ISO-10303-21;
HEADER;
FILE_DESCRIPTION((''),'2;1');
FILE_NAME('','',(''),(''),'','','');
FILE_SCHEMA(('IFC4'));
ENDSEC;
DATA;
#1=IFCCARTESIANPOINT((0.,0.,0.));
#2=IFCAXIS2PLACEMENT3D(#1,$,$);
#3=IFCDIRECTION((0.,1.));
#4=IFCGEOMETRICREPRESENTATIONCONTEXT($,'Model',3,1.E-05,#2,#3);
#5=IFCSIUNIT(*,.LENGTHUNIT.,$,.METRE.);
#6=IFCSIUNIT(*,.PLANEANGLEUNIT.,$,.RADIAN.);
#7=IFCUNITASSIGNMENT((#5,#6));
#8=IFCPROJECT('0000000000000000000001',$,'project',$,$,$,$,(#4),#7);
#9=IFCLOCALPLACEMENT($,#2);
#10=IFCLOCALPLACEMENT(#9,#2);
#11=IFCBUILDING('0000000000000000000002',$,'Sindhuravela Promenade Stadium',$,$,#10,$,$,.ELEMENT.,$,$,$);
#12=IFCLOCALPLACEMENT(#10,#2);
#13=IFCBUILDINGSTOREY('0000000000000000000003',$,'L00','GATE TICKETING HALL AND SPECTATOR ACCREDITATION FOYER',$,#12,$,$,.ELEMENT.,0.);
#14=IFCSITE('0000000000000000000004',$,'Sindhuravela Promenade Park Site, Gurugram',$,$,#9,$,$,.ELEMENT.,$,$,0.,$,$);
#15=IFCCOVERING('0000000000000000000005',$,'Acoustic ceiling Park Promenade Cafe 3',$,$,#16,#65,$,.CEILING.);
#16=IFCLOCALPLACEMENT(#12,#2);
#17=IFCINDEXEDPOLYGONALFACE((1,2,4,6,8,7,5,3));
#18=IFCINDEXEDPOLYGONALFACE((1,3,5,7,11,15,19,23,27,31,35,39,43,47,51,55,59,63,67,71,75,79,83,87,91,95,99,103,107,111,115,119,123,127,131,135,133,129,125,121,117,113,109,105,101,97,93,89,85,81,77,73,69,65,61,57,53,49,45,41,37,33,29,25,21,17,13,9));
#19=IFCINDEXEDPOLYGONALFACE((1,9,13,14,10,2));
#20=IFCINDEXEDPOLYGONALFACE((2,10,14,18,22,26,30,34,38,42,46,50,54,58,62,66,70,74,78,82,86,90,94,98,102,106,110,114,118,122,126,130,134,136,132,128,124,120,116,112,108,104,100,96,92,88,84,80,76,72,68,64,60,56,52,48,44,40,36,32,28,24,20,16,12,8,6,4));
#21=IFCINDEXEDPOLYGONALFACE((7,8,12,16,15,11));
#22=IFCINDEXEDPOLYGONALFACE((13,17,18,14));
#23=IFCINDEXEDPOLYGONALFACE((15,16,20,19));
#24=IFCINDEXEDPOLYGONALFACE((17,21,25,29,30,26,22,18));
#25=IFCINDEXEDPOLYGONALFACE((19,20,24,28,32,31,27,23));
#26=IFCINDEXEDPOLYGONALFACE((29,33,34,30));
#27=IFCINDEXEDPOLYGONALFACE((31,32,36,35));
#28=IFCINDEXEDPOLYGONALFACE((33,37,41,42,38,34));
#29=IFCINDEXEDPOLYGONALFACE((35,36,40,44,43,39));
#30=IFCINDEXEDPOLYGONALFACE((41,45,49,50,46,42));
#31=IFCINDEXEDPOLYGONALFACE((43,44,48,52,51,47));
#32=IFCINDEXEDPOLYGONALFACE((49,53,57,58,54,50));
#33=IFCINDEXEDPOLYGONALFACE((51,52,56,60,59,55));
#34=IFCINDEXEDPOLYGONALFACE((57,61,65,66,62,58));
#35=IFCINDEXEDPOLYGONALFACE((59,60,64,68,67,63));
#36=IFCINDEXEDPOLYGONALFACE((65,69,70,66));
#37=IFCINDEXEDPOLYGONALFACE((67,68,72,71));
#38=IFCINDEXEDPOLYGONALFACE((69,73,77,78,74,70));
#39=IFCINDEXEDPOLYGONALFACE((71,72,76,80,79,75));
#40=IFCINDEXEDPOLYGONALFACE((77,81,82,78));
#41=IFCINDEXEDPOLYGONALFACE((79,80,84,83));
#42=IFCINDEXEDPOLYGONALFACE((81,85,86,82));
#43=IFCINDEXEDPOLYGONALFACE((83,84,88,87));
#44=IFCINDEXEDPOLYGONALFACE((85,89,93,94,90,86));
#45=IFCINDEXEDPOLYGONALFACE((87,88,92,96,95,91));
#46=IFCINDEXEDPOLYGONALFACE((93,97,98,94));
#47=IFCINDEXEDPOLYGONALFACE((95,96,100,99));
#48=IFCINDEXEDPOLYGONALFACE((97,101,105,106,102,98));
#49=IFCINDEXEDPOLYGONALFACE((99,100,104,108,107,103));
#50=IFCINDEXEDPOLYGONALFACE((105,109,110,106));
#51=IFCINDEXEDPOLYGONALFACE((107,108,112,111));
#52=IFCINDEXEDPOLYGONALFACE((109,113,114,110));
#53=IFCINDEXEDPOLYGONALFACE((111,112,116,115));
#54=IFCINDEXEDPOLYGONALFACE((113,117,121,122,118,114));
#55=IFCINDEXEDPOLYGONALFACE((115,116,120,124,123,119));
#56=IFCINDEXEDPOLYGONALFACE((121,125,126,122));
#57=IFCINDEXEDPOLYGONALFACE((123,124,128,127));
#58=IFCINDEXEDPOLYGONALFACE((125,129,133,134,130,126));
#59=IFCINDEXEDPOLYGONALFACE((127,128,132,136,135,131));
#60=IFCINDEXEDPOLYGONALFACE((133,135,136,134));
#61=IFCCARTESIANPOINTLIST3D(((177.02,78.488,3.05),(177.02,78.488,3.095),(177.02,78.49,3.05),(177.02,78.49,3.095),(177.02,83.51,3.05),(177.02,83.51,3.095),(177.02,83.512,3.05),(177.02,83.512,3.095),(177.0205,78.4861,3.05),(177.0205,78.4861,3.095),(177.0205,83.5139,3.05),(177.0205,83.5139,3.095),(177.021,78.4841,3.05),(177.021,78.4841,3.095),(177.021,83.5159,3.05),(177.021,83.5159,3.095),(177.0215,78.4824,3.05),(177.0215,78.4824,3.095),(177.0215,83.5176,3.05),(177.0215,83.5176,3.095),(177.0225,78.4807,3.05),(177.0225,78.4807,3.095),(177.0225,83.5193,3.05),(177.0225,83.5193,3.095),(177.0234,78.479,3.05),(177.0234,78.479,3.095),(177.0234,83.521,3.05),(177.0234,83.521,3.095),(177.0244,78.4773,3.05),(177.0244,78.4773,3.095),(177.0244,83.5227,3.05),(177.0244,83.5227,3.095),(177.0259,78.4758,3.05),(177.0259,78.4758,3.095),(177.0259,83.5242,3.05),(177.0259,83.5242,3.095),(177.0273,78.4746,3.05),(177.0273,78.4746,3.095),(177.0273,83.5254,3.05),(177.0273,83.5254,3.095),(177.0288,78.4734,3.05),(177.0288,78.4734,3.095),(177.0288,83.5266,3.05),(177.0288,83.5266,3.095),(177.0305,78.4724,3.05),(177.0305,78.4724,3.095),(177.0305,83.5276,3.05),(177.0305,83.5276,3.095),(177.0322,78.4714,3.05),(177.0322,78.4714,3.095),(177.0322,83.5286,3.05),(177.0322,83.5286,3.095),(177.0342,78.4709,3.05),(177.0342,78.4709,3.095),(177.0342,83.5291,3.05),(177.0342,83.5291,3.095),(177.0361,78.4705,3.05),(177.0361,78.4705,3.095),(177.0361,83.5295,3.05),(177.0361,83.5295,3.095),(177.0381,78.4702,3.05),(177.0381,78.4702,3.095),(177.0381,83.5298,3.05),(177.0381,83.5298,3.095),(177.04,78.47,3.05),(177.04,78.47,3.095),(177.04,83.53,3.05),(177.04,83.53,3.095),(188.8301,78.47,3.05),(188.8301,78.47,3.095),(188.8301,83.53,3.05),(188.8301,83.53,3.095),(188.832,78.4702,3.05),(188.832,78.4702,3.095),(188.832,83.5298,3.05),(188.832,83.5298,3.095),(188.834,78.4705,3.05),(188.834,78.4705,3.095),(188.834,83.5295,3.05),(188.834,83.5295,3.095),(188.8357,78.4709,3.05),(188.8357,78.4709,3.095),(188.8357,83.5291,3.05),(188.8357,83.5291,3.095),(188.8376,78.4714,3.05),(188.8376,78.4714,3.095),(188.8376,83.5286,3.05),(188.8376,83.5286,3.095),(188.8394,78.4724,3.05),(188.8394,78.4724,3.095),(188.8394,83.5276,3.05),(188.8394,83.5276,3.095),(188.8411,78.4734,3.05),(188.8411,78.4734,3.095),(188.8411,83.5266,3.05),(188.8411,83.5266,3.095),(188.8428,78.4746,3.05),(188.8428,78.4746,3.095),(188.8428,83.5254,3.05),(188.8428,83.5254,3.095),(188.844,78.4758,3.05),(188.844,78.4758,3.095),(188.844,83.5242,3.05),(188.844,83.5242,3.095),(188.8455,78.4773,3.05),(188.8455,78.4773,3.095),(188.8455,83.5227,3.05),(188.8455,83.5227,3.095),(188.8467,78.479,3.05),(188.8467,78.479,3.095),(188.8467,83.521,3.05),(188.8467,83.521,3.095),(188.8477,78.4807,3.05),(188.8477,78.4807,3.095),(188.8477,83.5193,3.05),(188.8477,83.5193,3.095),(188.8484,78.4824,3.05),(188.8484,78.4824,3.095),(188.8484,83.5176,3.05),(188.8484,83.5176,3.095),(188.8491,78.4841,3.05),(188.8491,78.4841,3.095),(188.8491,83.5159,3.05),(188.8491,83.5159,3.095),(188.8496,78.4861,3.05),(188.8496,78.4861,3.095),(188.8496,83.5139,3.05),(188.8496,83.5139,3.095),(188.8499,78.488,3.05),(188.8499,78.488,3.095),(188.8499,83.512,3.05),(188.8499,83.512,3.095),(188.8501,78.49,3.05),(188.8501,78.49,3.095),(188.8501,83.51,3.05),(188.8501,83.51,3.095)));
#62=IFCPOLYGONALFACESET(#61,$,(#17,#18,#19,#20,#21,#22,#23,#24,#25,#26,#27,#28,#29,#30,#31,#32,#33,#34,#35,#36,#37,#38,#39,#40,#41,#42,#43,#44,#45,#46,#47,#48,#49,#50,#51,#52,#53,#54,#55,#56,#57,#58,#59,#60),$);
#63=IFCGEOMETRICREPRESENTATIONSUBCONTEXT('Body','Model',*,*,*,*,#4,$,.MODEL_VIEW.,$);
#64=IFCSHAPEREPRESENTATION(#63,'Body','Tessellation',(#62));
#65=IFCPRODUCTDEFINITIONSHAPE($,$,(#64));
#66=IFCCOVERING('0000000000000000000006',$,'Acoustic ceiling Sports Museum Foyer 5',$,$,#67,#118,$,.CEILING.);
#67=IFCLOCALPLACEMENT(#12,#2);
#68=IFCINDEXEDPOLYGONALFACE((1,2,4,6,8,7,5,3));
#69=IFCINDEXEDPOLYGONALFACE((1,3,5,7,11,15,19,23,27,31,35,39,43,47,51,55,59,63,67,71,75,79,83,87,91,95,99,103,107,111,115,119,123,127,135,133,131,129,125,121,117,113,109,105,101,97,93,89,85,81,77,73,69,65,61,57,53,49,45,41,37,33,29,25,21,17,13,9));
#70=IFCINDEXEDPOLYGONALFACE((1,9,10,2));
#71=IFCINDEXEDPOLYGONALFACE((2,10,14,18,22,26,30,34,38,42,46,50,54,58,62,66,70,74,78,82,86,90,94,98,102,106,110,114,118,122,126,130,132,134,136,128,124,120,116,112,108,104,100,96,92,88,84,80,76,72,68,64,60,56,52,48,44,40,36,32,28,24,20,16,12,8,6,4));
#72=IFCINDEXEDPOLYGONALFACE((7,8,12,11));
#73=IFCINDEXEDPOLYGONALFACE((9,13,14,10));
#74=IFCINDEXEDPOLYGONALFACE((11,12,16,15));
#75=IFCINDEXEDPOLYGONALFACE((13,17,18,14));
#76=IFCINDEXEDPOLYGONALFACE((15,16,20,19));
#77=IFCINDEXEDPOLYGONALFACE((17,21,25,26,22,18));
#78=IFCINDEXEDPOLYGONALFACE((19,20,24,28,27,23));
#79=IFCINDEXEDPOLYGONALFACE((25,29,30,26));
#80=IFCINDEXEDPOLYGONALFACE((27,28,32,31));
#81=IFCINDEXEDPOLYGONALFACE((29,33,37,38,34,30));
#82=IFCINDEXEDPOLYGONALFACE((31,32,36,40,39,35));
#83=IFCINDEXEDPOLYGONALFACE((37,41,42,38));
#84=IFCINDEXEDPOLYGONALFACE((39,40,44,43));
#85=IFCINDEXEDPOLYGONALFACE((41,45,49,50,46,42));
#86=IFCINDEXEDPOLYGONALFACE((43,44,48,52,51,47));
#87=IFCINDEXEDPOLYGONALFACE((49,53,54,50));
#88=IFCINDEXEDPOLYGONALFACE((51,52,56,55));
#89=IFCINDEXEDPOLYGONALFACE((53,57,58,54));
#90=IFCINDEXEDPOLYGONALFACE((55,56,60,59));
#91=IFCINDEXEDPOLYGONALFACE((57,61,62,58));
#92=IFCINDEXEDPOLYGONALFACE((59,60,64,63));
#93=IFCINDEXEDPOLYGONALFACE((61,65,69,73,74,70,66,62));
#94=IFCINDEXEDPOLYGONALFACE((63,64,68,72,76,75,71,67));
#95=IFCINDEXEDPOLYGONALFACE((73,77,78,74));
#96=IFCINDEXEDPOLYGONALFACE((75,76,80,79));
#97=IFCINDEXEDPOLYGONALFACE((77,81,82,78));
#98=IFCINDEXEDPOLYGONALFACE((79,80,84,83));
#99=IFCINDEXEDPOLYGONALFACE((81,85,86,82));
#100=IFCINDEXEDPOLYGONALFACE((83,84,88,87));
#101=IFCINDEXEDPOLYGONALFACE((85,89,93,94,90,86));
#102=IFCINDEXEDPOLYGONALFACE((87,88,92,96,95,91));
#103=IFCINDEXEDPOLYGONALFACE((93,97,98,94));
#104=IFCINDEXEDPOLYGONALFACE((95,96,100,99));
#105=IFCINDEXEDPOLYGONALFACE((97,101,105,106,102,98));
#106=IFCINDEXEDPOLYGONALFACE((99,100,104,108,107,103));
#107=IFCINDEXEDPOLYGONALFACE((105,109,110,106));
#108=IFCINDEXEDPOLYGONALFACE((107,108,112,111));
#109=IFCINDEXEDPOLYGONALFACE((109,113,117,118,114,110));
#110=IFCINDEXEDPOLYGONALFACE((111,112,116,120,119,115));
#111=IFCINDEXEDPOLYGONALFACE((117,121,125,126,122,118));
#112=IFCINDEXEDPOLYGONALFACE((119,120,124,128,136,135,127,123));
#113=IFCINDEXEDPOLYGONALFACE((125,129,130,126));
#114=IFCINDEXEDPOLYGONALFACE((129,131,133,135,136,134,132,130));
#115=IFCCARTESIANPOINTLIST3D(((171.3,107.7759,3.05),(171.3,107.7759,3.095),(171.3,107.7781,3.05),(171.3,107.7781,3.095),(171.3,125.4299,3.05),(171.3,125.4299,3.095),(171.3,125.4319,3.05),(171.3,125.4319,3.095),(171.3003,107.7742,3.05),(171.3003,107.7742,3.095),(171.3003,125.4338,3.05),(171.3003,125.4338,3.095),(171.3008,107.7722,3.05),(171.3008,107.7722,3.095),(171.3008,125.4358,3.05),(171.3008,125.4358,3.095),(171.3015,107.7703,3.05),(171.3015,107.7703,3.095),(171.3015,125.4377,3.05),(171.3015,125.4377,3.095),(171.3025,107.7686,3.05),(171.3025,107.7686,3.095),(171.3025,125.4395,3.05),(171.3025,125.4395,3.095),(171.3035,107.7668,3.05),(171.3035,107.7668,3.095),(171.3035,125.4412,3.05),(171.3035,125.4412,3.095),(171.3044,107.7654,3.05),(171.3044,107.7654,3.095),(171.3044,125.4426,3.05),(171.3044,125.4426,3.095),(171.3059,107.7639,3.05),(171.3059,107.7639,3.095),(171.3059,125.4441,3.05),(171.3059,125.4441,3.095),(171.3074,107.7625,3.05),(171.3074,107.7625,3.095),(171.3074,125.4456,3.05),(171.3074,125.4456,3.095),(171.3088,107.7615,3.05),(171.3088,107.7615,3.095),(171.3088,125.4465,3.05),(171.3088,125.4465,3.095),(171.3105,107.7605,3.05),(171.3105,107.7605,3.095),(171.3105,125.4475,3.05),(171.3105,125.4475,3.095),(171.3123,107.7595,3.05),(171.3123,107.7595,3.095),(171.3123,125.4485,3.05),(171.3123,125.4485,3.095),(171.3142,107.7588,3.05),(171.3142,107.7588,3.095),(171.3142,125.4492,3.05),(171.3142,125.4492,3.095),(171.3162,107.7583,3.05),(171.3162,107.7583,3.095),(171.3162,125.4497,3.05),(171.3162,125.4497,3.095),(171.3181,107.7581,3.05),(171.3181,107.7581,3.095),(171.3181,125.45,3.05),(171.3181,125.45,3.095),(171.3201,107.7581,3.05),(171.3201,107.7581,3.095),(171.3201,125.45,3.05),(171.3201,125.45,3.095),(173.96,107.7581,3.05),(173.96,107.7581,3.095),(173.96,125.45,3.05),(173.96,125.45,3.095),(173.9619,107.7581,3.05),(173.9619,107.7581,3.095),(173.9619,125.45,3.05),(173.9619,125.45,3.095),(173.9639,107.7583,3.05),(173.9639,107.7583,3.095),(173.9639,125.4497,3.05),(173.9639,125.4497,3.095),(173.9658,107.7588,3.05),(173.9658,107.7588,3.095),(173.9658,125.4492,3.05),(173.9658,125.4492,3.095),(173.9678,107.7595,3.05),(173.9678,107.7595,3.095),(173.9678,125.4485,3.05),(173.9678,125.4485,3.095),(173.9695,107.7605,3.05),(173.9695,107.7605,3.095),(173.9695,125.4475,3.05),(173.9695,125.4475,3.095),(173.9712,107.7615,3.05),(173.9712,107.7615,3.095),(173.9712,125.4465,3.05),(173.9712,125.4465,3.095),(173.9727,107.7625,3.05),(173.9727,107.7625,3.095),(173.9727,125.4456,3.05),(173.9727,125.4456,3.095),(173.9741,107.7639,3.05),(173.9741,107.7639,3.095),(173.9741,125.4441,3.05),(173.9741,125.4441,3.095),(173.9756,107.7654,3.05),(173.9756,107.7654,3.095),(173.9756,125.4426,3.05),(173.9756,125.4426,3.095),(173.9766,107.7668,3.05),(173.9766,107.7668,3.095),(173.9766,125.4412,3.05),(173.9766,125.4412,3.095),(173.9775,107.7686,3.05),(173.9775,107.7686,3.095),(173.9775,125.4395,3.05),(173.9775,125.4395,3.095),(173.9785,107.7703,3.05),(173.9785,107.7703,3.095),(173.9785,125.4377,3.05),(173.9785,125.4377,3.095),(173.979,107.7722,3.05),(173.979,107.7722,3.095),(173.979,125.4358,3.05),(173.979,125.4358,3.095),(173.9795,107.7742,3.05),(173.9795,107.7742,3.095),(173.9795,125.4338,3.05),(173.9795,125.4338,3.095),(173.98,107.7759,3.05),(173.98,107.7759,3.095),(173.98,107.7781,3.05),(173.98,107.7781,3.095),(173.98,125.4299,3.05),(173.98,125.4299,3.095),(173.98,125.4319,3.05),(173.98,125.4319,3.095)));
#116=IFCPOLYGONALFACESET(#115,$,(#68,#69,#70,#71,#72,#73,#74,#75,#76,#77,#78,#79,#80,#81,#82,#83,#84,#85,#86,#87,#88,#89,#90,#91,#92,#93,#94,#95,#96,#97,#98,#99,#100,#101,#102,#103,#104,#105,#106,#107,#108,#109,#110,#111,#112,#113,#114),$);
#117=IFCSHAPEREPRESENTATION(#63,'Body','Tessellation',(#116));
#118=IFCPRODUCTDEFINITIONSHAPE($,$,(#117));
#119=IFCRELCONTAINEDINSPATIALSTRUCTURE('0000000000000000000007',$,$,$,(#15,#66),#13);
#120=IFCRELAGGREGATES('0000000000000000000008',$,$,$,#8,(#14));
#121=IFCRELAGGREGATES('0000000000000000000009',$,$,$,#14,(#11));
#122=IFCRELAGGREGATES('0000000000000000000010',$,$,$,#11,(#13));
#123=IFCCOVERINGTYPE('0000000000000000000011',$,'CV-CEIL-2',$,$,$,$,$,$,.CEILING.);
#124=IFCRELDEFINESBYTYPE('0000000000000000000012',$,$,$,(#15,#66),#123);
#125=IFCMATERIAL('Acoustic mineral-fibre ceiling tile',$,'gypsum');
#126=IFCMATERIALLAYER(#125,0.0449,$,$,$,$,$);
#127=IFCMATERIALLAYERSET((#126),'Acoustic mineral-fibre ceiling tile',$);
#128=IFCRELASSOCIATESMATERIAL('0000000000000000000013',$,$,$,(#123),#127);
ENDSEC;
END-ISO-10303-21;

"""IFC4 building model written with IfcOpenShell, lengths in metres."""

from ifc_helpers import new_model, si_unit, direction, frame, origin, place, context, subcontext, project, spatial, polyline, outline, extrude, material, layer, layer_set, type_object, element, save


model = new_model("IFC4")

# Units and contexts
model_context = context("Model", 3, precision=1e-05, world=origin(), true_north=direction((0.0, 1.0)))
body_context = subcontext(model_context, "Body", "Model", "MODEL_VIEW")
ifc_project = project(units=[si_unit("LENGTHUNIT", "METRE"), si_unit("PLANEANGLEUNIT", "RADIAN")], contexts=[model_context])

# Site, building, storey
site_placement = place(None, origin())
site = spatial("IfcSite", under=ifc_project, at=site_placement, Name="Sindhuravela Promenade Park Site, Gurugram", CompositionType="ELEMENT", RefElevation=0.0)
building_placement = place(site_placement, origin())
building = spatial("IfcBuilding", under=site, at=building_placement, Name="Sindhuravela Promenade Stadium", CompositionType="ELEMENT")
storey_placement = place(building_placement, origin())
storey = spatial("IfcBuildingStorey", under=building, at=storey_placement, Name="L00", Description="GATE TICKETING HALL AND SPECTATOR ACCREDITATION FOYER", CompositionType="ELEMENT", Elevation=0.0)

# Coverings
ifc_material_1 = material(Name="Acoustic mineral-fibre ceiling tile", Category="gypsum")
ifc_layer_1 = layer(ifc_material_1, 0.0449)
ifc_layer_set_1 = layer_set([ifc_layer_1], Name="Acoustic mineral-fibre ceiling tile")
covering_type_1 = type_object("IfcCoveringType", Name="CV-CEIL-2", PredefinedType="CEILING", material=ifc_layer_set_1)
covering_1_placement = place(storey_placement, frame((0.0, 0.0, 3.05)))
element("IfcCovering", 1, at=covering_1_placement, inside=storey, type_object=covering_type_1, Name="Acoustic ceiling Park Promenade Cafe 3", PredefinedType="CEILING", context=body_context, shape_type="SweptSolid", body=[
    extrude(outline(polyline([(177.02, 83.51), (177.02, 83.512), (177.0205, 83.5139), (177.021, 83.5159), (177.0215, 83.5176), (177.0225, 83.5193), (177.0234, 83.521), (177.0244, 83.5227), (177.0259, 83.5242), (177.0273, 83.5254), (177.0288, 83.5266), (177.0305, 83.5276), (177.0322, 83.5286), (177.0342, 83.5291), (177.0361, 83.5295), (177.0381, 83.5298), (177.04, 83.53), (188.8301, 83.53), (188.832, 83.5298), (188.834, 83.5295), (188.8357, 83.5291), (188.8376, 83.5286), (188.8394, 83.5276), (188.8411, 83.5266), (188.8428, 83.5254), (188.844, 83.5242), (188.8455, 83.5227), (188.8467, 83.521), (188.8477, 83.5193), (188.8484, 83.5176), (188.8491, 83.5159), (188.8496, 83.5139), (188.8499, 83.512), (188.8501, 83.51), (188.8501, 78.49), (188.8499, 78.488), (188.8496, 78.4861), (188.8491, 78.4841), (188.8484, 78.4824), (188.8477, 78.4807), (188.8467, 78.479), (188.8455, 78.4773), (188.844, 78.4758), (188.8428, 78.4746), (188.8411, 78.4734), (188.8394, 78.4724), (188.8376, 78.4714), (188.8357, 78.4709), (188.834, 78.4705), (188.832, 78.4702), (188.8301, 78.47), (177.04, 78.47), (177.0381, 78.4702), (177.0361, 78.4705), (177.0342, 78.4709), (177.0322, 78.4714), (177.0305, 78.4724), (177.0288, 78.4734), (177.0273, 78.4746), (177.0259, 78.4758), (177.0244, 78.4773), (177.0234, 78.479), (177.0225, 78.4807), (177.0215, 78.4824), (177.021, 78.4841), (177.0205, 78.4861), (177.02, 78.488), (177.02, 78.49), (177.02, 83.51)])), origin(), (0.0, 0.0, 1.0), 0.0449),
])
covering_2_placement = place(storey_placement, frame((0.0, 0.0, 3.05)))
element("IfcCovering", 2, at=covering_2_placement, inside=storey, type_object=covering_type_1, Name="Acoustic ceiling Sports Museum Foyer 5", PredefinedType="CEILING", context=body_context, shape_type="SweptSolid", body=[
    extrude(outline(polyline([(173.96, 125.45), (173.9619, 125.45), (173.9639, 125.4497), (173.9658, 125.4492), (173.9678, 125.4485), (173.9695, 125.4475), (173.9712, 125.4465), (173.9727, 125.4456), (173.9741, 125.4441), (173.9756, 125.4426), (173.9766, 125.4412), (173.9775, 125.4395), (173.9785, 125.4377), (173.979, 125.4358), (173.9795, 125.4338), (173.98, 125.4319), (173.98, 125.4299), (173.98, 107.7781), (173.98, 107.7759), (173.9795, 107.7742), (173.979, 107.7722), (173.9785, 107.7703), (173.9775, 107.7686), (173.9766, 107.7668), (173.9756, 107.7654), (173.9741, 107.7639), (173.9727, 107.7625), (173.9712, 107.7615), (173.9695, 107.7605), (173.9678, 107.7595), (173.9658, 107.7588), (173.9639, 107.7583), (173.9619, 107.7581), (173.96, 107.7581), (171.3201, 107.7581), (171.3181, 107.7581), (171.3162, 107.7583), (171.3142, 107.7588), (171.3123, 107.7595), (171.3105, 107.7605), (171.3088, 107.7615), (171.3074, 107.7625), (171.3059, 107.7639), (171.3044, 107.7654), (171.3035, 107.7668), (171.3025, 107.7686), (171.3015, 107.7703), (171.3008, 107.7722), (171.3003, 107.7742), (171.3, 107.7759), (171.3, 107.7781), (171.3, 125.4299), (171.3, 125.4319), (171.3003, 125.4338), (171.3008, 125.4358), (171.3015, 125.4377), (171.3025, 125.4395), (171.3035, 125.4412), (171.3044, 125.4426), (171.3059, 125.4441), (171.3074, 125.4456), (171.3088, 125.4465), (171.3105, 125.4475), (171.3123, 125.4485), (171.3142, 125.4492), (171.3162, 125.4497), (171.3181, 125.45), (171.3201, 125.45), (173.96, 125.45)])), origin(), (0.0, 0.0, 1.0), 0.0449),
])

save(model, "model.ifc")
